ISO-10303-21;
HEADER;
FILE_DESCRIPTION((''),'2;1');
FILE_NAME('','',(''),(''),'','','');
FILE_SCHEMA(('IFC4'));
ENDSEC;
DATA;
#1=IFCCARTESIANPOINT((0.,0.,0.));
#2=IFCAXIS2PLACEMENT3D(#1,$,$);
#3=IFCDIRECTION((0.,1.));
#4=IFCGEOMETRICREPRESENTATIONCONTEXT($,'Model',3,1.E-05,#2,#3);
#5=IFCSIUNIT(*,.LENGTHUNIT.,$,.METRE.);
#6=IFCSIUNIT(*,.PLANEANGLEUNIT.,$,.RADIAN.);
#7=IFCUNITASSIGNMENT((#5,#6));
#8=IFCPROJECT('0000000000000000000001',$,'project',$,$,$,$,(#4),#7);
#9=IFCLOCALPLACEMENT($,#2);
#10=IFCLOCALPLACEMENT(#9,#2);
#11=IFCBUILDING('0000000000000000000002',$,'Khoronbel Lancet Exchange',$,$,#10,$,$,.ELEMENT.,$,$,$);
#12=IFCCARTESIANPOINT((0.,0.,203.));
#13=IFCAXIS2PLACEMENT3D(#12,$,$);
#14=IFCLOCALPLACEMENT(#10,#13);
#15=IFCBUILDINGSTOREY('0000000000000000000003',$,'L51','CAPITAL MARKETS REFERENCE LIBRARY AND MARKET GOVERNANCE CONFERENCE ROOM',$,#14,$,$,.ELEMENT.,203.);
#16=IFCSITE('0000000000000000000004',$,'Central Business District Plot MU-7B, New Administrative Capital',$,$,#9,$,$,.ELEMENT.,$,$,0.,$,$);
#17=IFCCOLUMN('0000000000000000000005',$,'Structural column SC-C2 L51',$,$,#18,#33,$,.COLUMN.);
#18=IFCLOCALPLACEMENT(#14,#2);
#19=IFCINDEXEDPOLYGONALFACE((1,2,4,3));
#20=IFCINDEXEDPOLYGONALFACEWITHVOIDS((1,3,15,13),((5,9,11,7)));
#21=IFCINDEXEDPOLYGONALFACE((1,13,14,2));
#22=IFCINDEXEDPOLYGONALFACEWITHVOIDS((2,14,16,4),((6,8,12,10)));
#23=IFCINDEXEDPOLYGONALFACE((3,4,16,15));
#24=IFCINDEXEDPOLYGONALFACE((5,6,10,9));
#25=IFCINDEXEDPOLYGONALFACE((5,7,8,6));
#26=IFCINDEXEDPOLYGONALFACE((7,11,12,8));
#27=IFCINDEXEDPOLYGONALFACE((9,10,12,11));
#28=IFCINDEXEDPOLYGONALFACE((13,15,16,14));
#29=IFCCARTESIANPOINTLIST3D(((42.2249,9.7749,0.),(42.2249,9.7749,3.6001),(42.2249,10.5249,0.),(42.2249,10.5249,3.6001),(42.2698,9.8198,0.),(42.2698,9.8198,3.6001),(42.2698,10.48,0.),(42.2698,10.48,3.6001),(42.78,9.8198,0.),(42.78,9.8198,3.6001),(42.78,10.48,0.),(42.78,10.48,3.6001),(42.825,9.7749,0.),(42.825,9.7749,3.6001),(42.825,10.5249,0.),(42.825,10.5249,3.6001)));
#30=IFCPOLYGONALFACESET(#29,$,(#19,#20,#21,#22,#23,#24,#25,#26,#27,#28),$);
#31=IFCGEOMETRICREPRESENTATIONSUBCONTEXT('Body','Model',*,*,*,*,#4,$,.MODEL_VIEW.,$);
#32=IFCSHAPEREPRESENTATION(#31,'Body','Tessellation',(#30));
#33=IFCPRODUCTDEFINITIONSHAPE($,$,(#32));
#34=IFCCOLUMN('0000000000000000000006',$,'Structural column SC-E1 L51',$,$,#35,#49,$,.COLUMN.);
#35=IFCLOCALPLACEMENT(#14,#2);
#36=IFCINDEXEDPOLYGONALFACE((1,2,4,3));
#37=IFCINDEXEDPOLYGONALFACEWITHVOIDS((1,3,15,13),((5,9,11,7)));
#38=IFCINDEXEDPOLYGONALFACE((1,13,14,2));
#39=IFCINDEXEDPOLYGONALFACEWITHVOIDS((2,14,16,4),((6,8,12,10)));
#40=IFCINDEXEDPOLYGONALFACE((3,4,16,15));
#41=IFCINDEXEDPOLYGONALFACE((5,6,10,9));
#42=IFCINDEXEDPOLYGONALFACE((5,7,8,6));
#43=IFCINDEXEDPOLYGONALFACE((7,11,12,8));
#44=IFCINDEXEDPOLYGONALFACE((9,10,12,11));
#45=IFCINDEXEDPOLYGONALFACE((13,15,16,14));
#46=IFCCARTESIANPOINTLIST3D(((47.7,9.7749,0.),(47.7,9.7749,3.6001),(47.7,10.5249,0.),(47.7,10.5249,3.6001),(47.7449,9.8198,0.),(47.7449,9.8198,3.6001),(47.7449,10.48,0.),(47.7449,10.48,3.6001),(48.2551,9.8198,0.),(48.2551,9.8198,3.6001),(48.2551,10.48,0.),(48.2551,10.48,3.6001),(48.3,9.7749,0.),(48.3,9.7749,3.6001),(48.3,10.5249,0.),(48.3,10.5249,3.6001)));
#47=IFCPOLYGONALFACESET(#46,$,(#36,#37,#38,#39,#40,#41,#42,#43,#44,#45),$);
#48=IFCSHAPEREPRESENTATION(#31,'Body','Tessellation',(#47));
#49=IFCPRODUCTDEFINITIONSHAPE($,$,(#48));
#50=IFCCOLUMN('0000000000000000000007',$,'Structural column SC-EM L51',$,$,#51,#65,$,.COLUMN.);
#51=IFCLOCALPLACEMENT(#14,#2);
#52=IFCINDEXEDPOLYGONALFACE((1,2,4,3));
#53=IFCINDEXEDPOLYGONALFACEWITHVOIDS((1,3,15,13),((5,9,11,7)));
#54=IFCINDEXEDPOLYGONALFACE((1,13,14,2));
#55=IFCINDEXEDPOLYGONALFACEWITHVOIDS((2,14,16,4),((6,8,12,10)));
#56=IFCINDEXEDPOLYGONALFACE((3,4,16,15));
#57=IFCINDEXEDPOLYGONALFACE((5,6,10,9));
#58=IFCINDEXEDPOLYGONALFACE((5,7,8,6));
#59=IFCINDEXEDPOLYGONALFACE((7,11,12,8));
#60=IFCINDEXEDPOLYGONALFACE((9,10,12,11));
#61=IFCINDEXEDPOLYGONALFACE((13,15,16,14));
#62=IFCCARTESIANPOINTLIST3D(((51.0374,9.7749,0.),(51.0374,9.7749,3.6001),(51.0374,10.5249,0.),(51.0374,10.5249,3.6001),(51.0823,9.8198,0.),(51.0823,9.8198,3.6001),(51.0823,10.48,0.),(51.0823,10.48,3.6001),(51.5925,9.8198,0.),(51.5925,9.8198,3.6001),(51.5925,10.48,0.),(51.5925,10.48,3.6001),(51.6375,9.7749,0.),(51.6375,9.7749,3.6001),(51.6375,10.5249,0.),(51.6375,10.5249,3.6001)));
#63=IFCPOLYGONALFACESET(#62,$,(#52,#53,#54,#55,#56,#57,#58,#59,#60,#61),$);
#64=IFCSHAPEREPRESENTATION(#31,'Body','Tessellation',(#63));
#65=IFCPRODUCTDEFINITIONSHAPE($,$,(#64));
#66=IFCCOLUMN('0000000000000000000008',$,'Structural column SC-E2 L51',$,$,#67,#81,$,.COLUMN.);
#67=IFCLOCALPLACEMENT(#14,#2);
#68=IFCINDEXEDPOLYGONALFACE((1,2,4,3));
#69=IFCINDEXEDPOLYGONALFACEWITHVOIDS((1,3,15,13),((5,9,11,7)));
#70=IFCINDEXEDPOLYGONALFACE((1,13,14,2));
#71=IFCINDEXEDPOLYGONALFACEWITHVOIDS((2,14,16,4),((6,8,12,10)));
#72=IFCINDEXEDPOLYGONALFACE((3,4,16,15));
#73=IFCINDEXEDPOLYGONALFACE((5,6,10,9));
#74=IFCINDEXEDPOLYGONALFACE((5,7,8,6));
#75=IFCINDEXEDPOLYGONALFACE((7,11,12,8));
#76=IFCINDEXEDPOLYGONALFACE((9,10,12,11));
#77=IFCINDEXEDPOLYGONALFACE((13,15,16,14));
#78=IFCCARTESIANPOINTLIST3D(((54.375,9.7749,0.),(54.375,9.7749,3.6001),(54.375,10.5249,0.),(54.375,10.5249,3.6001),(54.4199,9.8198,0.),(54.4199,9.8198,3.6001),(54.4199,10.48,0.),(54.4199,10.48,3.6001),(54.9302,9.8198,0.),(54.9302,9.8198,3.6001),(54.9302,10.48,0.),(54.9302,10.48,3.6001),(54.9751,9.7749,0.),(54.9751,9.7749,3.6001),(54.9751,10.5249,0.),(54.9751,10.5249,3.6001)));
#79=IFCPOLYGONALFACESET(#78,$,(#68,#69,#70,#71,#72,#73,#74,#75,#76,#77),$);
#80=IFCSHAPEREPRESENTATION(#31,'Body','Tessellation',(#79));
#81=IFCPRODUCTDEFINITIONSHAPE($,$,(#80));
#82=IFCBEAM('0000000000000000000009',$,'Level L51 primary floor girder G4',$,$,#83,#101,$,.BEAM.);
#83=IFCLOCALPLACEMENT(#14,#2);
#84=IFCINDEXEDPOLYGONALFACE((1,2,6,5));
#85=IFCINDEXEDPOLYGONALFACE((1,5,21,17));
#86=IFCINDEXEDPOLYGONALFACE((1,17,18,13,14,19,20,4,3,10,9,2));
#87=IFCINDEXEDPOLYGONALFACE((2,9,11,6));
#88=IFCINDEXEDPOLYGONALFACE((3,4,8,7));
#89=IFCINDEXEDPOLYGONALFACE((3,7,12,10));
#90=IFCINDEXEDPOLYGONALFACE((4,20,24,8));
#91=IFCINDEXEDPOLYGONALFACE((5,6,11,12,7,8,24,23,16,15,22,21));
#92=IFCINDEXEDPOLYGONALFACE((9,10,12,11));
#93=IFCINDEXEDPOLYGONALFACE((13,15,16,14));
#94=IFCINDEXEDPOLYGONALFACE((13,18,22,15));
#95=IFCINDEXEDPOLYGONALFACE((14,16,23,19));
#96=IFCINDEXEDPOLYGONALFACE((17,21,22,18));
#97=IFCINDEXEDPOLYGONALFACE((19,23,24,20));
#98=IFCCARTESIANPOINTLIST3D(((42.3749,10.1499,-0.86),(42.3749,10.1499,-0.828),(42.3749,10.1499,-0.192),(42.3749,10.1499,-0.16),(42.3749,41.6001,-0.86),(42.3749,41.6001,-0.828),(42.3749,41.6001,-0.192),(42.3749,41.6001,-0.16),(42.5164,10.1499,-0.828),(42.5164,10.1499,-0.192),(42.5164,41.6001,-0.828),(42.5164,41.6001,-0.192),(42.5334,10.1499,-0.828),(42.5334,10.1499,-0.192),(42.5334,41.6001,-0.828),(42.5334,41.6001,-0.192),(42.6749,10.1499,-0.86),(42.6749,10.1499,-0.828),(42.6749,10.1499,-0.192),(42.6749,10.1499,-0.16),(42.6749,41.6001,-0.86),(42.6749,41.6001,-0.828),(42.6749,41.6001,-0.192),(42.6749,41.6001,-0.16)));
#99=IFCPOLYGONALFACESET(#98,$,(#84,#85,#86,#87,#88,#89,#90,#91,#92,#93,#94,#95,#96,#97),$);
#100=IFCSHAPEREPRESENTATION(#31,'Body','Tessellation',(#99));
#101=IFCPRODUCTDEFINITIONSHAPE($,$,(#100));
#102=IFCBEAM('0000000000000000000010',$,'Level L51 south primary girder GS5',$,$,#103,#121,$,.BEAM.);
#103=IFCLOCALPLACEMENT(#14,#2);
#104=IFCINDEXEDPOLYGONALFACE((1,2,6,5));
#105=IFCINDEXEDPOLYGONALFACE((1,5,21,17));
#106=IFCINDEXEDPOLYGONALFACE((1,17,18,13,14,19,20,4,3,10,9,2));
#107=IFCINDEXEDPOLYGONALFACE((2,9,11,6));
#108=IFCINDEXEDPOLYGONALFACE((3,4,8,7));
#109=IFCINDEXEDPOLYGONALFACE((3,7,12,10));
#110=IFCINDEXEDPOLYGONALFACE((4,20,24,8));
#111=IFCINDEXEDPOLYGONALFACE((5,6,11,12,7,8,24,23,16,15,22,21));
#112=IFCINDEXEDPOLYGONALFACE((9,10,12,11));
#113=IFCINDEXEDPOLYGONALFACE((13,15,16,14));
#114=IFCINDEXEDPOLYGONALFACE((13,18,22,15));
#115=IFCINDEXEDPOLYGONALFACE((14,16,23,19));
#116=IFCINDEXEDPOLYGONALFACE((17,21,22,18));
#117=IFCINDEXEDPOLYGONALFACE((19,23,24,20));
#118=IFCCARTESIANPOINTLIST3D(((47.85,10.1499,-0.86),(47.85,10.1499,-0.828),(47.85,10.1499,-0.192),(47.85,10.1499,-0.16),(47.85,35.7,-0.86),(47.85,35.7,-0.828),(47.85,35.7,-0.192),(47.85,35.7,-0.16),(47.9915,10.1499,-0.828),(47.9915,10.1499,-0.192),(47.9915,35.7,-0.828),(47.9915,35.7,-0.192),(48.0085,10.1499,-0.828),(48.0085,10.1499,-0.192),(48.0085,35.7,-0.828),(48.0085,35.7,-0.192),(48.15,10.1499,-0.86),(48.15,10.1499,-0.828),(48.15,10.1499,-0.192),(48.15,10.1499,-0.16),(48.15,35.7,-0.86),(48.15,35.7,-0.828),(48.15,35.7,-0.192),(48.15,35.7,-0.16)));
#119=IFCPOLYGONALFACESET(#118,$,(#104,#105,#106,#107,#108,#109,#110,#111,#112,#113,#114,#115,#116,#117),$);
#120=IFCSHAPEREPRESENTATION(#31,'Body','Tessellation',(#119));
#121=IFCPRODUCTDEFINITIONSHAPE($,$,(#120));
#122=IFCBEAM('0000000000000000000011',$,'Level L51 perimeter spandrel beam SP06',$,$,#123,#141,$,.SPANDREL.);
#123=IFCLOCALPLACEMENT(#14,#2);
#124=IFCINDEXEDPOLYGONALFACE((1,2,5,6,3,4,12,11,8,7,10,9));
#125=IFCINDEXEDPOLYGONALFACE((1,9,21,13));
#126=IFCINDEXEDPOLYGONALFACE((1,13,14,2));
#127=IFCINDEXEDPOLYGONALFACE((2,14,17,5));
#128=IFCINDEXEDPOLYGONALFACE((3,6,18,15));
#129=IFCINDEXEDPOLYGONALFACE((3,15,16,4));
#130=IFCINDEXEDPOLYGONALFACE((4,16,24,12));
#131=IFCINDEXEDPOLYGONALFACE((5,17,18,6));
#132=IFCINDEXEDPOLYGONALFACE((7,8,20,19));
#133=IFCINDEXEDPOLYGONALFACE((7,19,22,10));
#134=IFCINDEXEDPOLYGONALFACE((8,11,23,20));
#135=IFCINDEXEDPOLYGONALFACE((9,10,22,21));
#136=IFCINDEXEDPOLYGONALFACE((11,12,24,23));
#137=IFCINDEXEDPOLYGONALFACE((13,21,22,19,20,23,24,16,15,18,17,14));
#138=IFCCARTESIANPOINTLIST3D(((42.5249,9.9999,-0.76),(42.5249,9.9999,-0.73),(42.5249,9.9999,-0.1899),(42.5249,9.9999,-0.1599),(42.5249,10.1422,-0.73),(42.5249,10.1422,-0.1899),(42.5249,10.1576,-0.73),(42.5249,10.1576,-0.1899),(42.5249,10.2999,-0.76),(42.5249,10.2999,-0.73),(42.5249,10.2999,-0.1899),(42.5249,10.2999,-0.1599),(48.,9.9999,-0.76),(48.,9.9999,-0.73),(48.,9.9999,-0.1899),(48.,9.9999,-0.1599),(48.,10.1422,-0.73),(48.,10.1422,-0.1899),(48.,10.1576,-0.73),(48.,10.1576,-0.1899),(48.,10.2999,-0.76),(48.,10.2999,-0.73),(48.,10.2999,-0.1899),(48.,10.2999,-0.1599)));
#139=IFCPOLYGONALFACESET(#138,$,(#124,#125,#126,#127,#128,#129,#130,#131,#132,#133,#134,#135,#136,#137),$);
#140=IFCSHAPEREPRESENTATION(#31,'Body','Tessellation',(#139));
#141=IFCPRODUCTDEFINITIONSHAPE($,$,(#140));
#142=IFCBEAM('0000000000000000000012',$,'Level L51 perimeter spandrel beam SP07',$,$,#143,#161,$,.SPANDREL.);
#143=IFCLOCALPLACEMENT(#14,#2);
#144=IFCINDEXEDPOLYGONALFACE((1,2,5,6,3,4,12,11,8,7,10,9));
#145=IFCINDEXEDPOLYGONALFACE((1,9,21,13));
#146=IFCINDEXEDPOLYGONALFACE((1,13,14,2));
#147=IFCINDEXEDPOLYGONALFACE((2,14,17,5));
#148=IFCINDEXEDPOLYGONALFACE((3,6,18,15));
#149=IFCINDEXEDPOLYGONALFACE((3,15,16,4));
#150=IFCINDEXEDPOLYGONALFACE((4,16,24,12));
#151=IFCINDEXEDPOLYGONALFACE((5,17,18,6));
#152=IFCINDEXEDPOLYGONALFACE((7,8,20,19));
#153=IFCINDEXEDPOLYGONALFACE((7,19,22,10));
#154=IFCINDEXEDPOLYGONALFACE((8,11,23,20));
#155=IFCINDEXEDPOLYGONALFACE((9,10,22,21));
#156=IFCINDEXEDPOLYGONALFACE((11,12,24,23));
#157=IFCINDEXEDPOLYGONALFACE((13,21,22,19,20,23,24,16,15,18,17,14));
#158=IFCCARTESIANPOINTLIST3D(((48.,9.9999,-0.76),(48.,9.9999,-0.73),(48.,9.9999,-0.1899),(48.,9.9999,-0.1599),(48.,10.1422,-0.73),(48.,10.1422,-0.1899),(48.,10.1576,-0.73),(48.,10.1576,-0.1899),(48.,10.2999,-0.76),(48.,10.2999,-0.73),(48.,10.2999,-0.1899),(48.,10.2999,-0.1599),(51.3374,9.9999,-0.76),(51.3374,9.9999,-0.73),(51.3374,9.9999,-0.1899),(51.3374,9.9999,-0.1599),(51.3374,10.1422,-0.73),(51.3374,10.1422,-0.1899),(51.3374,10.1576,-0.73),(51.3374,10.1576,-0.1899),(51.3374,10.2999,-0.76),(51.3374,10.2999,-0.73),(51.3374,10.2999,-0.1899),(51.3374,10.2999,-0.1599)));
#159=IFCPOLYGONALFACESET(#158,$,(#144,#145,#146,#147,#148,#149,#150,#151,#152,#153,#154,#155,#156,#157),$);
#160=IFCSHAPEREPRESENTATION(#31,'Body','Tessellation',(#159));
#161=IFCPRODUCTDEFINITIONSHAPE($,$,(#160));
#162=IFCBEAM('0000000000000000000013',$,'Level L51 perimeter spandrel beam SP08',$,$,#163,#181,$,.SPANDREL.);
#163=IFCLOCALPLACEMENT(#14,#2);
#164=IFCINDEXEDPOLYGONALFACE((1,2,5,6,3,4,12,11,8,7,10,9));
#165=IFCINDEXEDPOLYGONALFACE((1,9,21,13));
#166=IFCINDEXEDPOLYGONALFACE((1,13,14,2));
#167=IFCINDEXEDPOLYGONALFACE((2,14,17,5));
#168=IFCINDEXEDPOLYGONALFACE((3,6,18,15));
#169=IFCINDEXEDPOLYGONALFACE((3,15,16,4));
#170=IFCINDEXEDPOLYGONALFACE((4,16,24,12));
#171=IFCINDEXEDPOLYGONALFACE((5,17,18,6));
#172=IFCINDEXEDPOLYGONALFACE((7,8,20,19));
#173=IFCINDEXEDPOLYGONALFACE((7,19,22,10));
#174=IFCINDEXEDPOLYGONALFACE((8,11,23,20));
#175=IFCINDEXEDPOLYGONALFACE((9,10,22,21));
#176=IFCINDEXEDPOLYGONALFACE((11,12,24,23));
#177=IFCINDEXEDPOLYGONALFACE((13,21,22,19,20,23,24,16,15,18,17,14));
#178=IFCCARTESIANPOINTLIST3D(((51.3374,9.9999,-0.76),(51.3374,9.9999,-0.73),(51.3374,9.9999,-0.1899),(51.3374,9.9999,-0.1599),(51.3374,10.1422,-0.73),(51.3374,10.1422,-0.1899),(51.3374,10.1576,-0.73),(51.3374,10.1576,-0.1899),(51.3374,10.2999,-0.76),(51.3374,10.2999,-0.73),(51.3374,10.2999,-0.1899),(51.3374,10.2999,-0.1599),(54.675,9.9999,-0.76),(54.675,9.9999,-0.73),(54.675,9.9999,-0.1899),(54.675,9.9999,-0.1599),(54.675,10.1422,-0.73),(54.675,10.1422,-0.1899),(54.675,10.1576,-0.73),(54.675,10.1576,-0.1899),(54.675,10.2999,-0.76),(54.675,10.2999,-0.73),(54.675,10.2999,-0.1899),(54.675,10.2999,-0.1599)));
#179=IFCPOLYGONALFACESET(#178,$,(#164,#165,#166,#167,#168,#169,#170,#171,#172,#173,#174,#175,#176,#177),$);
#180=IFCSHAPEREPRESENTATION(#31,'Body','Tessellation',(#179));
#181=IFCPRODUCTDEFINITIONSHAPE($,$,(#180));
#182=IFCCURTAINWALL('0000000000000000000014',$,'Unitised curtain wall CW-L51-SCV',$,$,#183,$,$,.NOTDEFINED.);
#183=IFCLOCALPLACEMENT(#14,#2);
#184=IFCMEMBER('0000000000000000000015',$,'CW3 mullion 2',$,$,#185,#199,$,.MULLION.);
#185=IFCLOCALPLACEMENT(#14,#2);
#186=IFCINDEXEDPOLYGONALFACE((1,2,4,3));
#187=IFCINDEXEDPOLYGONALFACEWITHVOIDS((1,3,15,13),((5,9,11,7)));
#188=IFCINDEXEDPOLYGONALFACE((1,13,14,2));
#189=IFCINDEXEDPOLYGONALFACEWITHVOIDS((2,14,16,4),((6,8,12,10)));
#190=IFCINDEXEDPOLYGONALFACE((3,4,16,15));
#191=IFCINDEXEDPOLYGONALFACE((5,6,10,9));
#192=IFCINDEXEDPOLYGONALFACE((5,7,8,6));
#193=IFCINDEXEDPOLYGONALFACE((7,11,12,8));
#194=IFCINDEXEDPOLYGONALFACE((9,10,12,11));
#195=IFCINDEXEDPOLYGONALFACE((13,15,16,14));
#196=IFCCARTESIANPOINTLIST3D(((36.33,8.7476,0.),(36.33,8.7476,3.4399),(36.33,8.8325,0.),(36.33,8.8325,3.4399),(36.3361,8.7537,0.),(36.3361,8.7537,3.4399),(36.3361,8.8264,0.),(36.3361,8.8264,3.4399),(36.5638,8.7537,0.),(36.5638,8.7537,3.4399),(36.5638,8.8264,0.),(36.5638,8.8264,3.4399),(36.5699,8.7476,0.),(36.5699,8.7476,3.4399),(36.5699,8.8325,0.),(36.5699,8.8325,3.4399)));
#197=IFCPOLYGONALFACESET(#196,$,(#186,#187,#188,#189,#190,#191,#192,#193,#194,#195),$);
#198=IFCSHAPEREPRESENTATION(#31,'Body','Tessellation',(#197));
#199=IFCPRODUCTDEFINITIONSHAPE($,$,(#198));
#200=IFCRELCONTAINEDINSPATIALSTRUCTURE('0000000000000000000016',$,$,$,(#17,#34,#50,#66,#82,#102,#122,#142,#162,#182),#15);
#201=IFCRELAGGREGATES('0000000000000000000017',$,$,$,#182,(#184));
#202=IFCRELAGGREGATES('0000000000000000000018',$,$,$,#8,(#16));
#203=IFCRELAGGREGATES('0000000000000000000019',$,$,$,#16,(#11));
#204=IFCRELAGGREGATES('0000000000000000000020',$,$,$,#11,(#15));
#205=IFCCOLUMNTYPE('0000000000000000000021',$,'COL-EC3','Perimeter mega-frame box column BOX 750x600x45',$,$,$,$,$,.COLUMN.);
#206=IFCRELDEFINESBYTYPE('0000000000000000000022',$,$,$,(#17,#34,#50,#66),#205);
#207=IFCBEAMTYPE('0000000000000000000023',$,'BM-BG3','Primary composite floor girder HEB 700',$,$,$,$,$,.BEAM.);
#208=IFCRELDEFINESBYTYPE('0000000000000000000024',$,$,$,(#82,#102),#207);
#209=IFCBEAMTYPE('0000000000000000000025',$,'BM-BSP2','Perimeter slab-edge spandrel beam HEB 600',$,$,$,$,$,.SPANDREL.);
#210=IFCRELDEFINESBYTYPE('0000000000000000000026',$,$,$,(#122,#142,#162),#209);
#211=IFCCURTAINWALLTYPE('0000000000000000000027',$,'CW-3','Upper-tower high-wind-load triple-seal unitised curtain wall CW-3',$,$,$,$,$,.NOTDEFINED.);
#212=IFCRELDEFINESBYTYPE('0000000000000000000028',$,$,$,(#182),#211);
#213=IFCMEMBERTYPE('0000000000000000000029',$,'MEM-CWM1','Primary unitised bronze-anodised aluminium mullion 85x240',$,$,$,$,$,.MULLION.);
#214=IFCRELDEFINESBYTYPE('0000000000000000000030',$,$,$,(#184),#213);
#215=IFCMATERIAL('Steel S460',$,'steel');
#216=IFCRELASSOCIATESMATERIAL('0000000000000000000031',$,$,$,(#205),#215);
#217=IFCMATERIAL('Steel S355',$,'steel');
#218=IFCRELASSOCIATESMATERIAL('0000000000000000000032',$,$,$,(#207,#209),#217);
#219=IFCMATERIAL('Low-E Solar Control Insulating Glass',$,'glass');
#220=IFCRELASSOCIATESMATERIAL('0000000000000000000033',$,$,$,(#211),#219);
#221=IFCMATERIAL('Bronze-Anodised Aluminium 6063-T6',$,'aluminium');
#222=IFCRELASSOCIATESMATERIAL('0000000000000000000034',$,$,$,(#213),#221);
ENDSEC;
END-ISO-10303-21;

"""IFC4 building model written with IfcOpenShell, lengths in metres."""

from ifc_helpers import new_model, si_unit, direction, frame, origin, origin_2d, place, context, subcontext, project, spatial, hollow_rectangle, i_section, extrude, material, material_profile, profile_set, type_object, element, aggregate, save


model = new_model("IFC4")

# Units and contexts
model_context = context("Model", 3, precision=1e-05, world=origin(), true_north=direction((0.0, 1.0)))
body_context = subcontext(model_context, "Body", "Model", "MODEL_VIEW")
ifc_project = project(units=[si_unit("LENGTHUNIT", "METRE"), si_unit("PLANEANGLEUNIT", "RADIAN")], contexts=[model_context])

# Site, building, storey
site_placement = place(None, origin())
site = spatial("IfcSite", under=ifc_project, at=site_placement, Name="Central Business District Plot MU-7B, New Administrative Capital", CompositionType="ELEMENT", RefElevation=0.0)
building_placement = place(site_placement, origin())
building = spatial("IfcBuilding", under=site, at=building_placement, Name="Khoronbel Lancet Exchange", CompositionType="ELEMENT")
storey_placement = place(building_placement, frame((0.0, 0.0, 203.0)))
storey = spatial("IfcBuildingStorey", under=building, at=storey_placement, Name="L51", Description="CAPITAL MARKETS REFERENCE LIBRARY AND MARKET GOVERNANCE CONFERENCE ROOM", CompositionType="ELEMENT", Elevation=203.0)

# Columns
ifc_material_1 = material(Name="Steel S460", Category="steel")
ifc_material_profile_1 = material_profile(ifc_material_1, hollow_rectangle(XDim=0.6001, YDim=0.75, WallThickness=0.0449, at=origin_2d()), Name="BOX 750x600x45")
ifc_profile_set_1 = profile_set([ifc_material_profile_1], Name="Steel S460")
column_type = type_object("IfcColumnType", Name="COL-EC3", Description="Perimeter mega-frame box column BOX 750x600x45", PredefinedType="COLUMN", material=ifc_profile_set_1)
for number, where, z_axis, x_axis, name in (
    (1, (42.5249, 10.1499, 0.0), (0.0, 0.0, 1.0), (1.0, 0.0, 0.0), "Structural column SC-C2 L51"),
    (2, (48.0, 10.1499, 0.0), (0.0, 0.0, 1.0), (1.0, 0.0, 0.0), "Structural column SC-E1 L51"),
    (3, (51.3374, 10.1499, 0.0), (0.0, 0.0, 1.0), (1.0, 0.0, 0.0), "Structural column SC-EM L51"),
    (4, (54.675, 10.1499, 0.0), (0.0, 0.0, 1.0), (1.0, 0.0, 0.0), "Structural column SC-E2 L51"),
):
    element("IfcColumn", number, at=place(storey_placement, frame(where, z_axis=z_axis, x_axis=x_axis)), inside=storey, type_object=column_type, Name=name, PredefinedType="COLUMN", context=body_context, shape_type="SweptSolid", body=[
        extrude(hollow_rectangle(XDim=0.6001, YDim=0.75, WallThickness=0.0449, at=origin_2d()), origin(), (0.0, 0.0, 1.0), 3.6001),
    ])

# Beams
ifc_material_2 = material(Name="Steel S355", Category="steel")
ifc_material_profile_2 = material_profile(ifc_material_2, i_section(OverallWidth=0.3, OverallDepth=0.7, WebThickness=0.0171, FlangeThickness=0.032, at=origin_2d()), Name="HEB 700")
ifc_profile_set_2 = profile_set([ifc_material_profile_2], Name="Steel S355")
beam_type_1 = type_object("IfcBeamType", Name="BM-BG3", Description="Primary composite floor girder HEB 700", PredefinedType="BEAM", material=ifc_profile_set_2)
beam_1_placement = place(storey_placement, frame((42.5249, 10.1499, -0.51), z_axis=(0.0, 1.0, 0.0), x_axis=(-1.0, 0.0, 0.0)))
element("IfcBeam", 5, at=beam_1_placement, inside=storey, type_object=beam_type_1, Name="Level L51 primary floor girder G4", PredefinedType="BEAM", context=body_context, shape_type="SweptSolid", body=[
    extrude(i_section(OverallWidth=0.3, OverallDepth=0.7, WebThickness=0.0171, FlangeThickness=0.032, at=origin_2d()), origin(), (0.0, 0.0, 1.0), 31.4502),
])
beam_2_placement = place(storey_placement, frame((48.0, 10.1499, -0.51), z_axis=(0.0, 1.0, 0.0), x_axis=(-1.0, 0.0, 0.0)))
element("IfcBeam", 6, at=beam_2_placement, inside=storey, type_object=beam_type_1, Name="Level L51 south primary girder GS5", PredefinedType="BEAM", context=body_context, shape_type="SweptSolid", body=[
    extrude(i_section(OverallWidth=0.3, OverallDepth=0.7, WebThickness=0.0171, FlangeThickness=0.032, at=origin_2d()), origin(), (0.0, 0.0, 1.0), 25.55),
])
ifc_material_profile_3 = material_profile(ifc_material_2, i_section(OverallWidth=0.3, OverallDepth=0.6001, WebThickness=0.0154, FlangeThickness=0.03, at=origin_2d()), Name="HEB 600")
ifc_profile_set_3 = profile_set([ifc_material_profile_3], Name="Steel S355")
beam_type_2 = type_object("IfcBeamType", Name="BM-BSP2", Description="Perimeter slab-edge spandrel beam HEB 600", PredefinedType="SPANDREL", material=ifc_profile_set_3)
beam_3_placement = place(storey_placement, frame((42.5249, 10.1499, -0.46), z_axis=(1.0, 0.0, 0.0), x_axis=(0.0, 1.0, 0.0)))
element("IfcBeam", 7, at=beam_3_placement, inside=storey, type_object=beam_type_2, Name="Level L51 perimeter spandrel beam SP06", PredefinedType="SPANDREL", context=body_context, shape_type="SweptSolid", body=[
    extrude(i_section(OverallWidth=0.3, OverallDepth=0.6001, WebThickness=0.0154, FlangeThickness=0.03, at=origin_2d()), origin(), (0.0, 0.0, 1.0), 5.4751),
])
beam_4_placement = place(storey_placement, frame((48.0, 10.1499, -0.46), z_axis=(1.0, 0.0, 0.0), x_axis=(0.0, 1.0, 0.0)))
element("IfcBeam", 8, at=beam_4_placement, inside=storey, type_object=beam_type_2, Name="Level L51 perimeter spandrel beam SP07", PredefinedType="SPANDREL", context=body_context, shape_type="SweptSolid", body=[
    extrude(i_section(OverallWidth=0.3, OverallDepth=0.6001, WebThickness=0.0154, FlangeThickness=0.03, at=origin_2d()), origin(), (0.0, 0.0, 1.0), 3.3374),
])
beam_5_placement = place(storey_placement, frame((51.3374, 10.1499, -0.46), z_axis=(1.0, 0.0, 0.0), x_axis=(0.0, 1.0, 0.0)))
element("IfcBeam", 9, at=beam_5_placement, inside=storey, type_object=beam_type_2, Name="Level L51 perimeter spandrel beam SP08", PredefinedType="SPANDREL", context=body_context, shape_type="SweptSolid", body=[
    extrude(i_section(OverallWidth=0.3, OverallDepth=0.6001, WebThickness=0.0154, FlangeThickness=0.03, at=origin_2d()), origin(), (0.0, 0.0, 1.0), 3.3376),
])

# Curtain wall, member
ifc_material_3 = material(Name="Low-E Solar Control Insulating Glass", Category="glass")
curtain_wall_type = type_object("IfcCurtainWallType", Name="CW-3", Description="Upper-tower high-wind-load triple-seal unitised curtain wall CW-3", PredefinedType="NOTDEFINED", material=ifc_material_3)
curtain_wall_1_placement = place(storey_placement, origin())
curtain_wall_1 = element("IfcCurtainWall", 10, at=curtain_wall_1_placement, inside=storey, type_object=curtain_wall_type, Name="Unitised curtain wall CW-L51-SCV", PredefinedType="NOTDEFINED")
ifc_material_4 = material(Name="Bronze-Anodised Aluminium 6063-T6", Category="aluminium")
ifc_material_profile_4 = material_profile(ifc_material_4, hollow_rectangle(XDim=0.085, YDim=0.24, WallThickness=0.0061, at=origin_2d()), Name="ALU MULLION 85x240")
ifc_profile_set_4 = profile_set([ifc_material_profile_4], Name="Bronze-Anodised Aluminium 6063-T6")
member_type_1 = type_object("IfcMemberType", Name="MEM-CWM1", Description="Primary unitised bronze-anodised aluminium mullion 85x240", PredefinedType="MULLION", material=ifc_profile_set_4)
member_1_placement = place(storey_placement, frame((36.45, 8.79, 0.0), z_axis=(0.0, 0.0, 1.0), x_axis=(0.0, 1.0, 0.0)))
member_1 = element("IfcMember", 11, at=member_1_placement, type_object=member_type_1, Name="CW3 mullion 2", PredefinedType="MULLION", context=body_context, shape_type="SweptSolid", body=[
    extrude(hollow_rectangle(XDim=0.085, YDim=0.24, WallThickness=0.0061, at=origin_2d()), origin(), (0.0, 0.0, 1.0), 3.4399),
])

aggregate(curtain_wall_1, [member_1])

save(model, "model.ifc")
